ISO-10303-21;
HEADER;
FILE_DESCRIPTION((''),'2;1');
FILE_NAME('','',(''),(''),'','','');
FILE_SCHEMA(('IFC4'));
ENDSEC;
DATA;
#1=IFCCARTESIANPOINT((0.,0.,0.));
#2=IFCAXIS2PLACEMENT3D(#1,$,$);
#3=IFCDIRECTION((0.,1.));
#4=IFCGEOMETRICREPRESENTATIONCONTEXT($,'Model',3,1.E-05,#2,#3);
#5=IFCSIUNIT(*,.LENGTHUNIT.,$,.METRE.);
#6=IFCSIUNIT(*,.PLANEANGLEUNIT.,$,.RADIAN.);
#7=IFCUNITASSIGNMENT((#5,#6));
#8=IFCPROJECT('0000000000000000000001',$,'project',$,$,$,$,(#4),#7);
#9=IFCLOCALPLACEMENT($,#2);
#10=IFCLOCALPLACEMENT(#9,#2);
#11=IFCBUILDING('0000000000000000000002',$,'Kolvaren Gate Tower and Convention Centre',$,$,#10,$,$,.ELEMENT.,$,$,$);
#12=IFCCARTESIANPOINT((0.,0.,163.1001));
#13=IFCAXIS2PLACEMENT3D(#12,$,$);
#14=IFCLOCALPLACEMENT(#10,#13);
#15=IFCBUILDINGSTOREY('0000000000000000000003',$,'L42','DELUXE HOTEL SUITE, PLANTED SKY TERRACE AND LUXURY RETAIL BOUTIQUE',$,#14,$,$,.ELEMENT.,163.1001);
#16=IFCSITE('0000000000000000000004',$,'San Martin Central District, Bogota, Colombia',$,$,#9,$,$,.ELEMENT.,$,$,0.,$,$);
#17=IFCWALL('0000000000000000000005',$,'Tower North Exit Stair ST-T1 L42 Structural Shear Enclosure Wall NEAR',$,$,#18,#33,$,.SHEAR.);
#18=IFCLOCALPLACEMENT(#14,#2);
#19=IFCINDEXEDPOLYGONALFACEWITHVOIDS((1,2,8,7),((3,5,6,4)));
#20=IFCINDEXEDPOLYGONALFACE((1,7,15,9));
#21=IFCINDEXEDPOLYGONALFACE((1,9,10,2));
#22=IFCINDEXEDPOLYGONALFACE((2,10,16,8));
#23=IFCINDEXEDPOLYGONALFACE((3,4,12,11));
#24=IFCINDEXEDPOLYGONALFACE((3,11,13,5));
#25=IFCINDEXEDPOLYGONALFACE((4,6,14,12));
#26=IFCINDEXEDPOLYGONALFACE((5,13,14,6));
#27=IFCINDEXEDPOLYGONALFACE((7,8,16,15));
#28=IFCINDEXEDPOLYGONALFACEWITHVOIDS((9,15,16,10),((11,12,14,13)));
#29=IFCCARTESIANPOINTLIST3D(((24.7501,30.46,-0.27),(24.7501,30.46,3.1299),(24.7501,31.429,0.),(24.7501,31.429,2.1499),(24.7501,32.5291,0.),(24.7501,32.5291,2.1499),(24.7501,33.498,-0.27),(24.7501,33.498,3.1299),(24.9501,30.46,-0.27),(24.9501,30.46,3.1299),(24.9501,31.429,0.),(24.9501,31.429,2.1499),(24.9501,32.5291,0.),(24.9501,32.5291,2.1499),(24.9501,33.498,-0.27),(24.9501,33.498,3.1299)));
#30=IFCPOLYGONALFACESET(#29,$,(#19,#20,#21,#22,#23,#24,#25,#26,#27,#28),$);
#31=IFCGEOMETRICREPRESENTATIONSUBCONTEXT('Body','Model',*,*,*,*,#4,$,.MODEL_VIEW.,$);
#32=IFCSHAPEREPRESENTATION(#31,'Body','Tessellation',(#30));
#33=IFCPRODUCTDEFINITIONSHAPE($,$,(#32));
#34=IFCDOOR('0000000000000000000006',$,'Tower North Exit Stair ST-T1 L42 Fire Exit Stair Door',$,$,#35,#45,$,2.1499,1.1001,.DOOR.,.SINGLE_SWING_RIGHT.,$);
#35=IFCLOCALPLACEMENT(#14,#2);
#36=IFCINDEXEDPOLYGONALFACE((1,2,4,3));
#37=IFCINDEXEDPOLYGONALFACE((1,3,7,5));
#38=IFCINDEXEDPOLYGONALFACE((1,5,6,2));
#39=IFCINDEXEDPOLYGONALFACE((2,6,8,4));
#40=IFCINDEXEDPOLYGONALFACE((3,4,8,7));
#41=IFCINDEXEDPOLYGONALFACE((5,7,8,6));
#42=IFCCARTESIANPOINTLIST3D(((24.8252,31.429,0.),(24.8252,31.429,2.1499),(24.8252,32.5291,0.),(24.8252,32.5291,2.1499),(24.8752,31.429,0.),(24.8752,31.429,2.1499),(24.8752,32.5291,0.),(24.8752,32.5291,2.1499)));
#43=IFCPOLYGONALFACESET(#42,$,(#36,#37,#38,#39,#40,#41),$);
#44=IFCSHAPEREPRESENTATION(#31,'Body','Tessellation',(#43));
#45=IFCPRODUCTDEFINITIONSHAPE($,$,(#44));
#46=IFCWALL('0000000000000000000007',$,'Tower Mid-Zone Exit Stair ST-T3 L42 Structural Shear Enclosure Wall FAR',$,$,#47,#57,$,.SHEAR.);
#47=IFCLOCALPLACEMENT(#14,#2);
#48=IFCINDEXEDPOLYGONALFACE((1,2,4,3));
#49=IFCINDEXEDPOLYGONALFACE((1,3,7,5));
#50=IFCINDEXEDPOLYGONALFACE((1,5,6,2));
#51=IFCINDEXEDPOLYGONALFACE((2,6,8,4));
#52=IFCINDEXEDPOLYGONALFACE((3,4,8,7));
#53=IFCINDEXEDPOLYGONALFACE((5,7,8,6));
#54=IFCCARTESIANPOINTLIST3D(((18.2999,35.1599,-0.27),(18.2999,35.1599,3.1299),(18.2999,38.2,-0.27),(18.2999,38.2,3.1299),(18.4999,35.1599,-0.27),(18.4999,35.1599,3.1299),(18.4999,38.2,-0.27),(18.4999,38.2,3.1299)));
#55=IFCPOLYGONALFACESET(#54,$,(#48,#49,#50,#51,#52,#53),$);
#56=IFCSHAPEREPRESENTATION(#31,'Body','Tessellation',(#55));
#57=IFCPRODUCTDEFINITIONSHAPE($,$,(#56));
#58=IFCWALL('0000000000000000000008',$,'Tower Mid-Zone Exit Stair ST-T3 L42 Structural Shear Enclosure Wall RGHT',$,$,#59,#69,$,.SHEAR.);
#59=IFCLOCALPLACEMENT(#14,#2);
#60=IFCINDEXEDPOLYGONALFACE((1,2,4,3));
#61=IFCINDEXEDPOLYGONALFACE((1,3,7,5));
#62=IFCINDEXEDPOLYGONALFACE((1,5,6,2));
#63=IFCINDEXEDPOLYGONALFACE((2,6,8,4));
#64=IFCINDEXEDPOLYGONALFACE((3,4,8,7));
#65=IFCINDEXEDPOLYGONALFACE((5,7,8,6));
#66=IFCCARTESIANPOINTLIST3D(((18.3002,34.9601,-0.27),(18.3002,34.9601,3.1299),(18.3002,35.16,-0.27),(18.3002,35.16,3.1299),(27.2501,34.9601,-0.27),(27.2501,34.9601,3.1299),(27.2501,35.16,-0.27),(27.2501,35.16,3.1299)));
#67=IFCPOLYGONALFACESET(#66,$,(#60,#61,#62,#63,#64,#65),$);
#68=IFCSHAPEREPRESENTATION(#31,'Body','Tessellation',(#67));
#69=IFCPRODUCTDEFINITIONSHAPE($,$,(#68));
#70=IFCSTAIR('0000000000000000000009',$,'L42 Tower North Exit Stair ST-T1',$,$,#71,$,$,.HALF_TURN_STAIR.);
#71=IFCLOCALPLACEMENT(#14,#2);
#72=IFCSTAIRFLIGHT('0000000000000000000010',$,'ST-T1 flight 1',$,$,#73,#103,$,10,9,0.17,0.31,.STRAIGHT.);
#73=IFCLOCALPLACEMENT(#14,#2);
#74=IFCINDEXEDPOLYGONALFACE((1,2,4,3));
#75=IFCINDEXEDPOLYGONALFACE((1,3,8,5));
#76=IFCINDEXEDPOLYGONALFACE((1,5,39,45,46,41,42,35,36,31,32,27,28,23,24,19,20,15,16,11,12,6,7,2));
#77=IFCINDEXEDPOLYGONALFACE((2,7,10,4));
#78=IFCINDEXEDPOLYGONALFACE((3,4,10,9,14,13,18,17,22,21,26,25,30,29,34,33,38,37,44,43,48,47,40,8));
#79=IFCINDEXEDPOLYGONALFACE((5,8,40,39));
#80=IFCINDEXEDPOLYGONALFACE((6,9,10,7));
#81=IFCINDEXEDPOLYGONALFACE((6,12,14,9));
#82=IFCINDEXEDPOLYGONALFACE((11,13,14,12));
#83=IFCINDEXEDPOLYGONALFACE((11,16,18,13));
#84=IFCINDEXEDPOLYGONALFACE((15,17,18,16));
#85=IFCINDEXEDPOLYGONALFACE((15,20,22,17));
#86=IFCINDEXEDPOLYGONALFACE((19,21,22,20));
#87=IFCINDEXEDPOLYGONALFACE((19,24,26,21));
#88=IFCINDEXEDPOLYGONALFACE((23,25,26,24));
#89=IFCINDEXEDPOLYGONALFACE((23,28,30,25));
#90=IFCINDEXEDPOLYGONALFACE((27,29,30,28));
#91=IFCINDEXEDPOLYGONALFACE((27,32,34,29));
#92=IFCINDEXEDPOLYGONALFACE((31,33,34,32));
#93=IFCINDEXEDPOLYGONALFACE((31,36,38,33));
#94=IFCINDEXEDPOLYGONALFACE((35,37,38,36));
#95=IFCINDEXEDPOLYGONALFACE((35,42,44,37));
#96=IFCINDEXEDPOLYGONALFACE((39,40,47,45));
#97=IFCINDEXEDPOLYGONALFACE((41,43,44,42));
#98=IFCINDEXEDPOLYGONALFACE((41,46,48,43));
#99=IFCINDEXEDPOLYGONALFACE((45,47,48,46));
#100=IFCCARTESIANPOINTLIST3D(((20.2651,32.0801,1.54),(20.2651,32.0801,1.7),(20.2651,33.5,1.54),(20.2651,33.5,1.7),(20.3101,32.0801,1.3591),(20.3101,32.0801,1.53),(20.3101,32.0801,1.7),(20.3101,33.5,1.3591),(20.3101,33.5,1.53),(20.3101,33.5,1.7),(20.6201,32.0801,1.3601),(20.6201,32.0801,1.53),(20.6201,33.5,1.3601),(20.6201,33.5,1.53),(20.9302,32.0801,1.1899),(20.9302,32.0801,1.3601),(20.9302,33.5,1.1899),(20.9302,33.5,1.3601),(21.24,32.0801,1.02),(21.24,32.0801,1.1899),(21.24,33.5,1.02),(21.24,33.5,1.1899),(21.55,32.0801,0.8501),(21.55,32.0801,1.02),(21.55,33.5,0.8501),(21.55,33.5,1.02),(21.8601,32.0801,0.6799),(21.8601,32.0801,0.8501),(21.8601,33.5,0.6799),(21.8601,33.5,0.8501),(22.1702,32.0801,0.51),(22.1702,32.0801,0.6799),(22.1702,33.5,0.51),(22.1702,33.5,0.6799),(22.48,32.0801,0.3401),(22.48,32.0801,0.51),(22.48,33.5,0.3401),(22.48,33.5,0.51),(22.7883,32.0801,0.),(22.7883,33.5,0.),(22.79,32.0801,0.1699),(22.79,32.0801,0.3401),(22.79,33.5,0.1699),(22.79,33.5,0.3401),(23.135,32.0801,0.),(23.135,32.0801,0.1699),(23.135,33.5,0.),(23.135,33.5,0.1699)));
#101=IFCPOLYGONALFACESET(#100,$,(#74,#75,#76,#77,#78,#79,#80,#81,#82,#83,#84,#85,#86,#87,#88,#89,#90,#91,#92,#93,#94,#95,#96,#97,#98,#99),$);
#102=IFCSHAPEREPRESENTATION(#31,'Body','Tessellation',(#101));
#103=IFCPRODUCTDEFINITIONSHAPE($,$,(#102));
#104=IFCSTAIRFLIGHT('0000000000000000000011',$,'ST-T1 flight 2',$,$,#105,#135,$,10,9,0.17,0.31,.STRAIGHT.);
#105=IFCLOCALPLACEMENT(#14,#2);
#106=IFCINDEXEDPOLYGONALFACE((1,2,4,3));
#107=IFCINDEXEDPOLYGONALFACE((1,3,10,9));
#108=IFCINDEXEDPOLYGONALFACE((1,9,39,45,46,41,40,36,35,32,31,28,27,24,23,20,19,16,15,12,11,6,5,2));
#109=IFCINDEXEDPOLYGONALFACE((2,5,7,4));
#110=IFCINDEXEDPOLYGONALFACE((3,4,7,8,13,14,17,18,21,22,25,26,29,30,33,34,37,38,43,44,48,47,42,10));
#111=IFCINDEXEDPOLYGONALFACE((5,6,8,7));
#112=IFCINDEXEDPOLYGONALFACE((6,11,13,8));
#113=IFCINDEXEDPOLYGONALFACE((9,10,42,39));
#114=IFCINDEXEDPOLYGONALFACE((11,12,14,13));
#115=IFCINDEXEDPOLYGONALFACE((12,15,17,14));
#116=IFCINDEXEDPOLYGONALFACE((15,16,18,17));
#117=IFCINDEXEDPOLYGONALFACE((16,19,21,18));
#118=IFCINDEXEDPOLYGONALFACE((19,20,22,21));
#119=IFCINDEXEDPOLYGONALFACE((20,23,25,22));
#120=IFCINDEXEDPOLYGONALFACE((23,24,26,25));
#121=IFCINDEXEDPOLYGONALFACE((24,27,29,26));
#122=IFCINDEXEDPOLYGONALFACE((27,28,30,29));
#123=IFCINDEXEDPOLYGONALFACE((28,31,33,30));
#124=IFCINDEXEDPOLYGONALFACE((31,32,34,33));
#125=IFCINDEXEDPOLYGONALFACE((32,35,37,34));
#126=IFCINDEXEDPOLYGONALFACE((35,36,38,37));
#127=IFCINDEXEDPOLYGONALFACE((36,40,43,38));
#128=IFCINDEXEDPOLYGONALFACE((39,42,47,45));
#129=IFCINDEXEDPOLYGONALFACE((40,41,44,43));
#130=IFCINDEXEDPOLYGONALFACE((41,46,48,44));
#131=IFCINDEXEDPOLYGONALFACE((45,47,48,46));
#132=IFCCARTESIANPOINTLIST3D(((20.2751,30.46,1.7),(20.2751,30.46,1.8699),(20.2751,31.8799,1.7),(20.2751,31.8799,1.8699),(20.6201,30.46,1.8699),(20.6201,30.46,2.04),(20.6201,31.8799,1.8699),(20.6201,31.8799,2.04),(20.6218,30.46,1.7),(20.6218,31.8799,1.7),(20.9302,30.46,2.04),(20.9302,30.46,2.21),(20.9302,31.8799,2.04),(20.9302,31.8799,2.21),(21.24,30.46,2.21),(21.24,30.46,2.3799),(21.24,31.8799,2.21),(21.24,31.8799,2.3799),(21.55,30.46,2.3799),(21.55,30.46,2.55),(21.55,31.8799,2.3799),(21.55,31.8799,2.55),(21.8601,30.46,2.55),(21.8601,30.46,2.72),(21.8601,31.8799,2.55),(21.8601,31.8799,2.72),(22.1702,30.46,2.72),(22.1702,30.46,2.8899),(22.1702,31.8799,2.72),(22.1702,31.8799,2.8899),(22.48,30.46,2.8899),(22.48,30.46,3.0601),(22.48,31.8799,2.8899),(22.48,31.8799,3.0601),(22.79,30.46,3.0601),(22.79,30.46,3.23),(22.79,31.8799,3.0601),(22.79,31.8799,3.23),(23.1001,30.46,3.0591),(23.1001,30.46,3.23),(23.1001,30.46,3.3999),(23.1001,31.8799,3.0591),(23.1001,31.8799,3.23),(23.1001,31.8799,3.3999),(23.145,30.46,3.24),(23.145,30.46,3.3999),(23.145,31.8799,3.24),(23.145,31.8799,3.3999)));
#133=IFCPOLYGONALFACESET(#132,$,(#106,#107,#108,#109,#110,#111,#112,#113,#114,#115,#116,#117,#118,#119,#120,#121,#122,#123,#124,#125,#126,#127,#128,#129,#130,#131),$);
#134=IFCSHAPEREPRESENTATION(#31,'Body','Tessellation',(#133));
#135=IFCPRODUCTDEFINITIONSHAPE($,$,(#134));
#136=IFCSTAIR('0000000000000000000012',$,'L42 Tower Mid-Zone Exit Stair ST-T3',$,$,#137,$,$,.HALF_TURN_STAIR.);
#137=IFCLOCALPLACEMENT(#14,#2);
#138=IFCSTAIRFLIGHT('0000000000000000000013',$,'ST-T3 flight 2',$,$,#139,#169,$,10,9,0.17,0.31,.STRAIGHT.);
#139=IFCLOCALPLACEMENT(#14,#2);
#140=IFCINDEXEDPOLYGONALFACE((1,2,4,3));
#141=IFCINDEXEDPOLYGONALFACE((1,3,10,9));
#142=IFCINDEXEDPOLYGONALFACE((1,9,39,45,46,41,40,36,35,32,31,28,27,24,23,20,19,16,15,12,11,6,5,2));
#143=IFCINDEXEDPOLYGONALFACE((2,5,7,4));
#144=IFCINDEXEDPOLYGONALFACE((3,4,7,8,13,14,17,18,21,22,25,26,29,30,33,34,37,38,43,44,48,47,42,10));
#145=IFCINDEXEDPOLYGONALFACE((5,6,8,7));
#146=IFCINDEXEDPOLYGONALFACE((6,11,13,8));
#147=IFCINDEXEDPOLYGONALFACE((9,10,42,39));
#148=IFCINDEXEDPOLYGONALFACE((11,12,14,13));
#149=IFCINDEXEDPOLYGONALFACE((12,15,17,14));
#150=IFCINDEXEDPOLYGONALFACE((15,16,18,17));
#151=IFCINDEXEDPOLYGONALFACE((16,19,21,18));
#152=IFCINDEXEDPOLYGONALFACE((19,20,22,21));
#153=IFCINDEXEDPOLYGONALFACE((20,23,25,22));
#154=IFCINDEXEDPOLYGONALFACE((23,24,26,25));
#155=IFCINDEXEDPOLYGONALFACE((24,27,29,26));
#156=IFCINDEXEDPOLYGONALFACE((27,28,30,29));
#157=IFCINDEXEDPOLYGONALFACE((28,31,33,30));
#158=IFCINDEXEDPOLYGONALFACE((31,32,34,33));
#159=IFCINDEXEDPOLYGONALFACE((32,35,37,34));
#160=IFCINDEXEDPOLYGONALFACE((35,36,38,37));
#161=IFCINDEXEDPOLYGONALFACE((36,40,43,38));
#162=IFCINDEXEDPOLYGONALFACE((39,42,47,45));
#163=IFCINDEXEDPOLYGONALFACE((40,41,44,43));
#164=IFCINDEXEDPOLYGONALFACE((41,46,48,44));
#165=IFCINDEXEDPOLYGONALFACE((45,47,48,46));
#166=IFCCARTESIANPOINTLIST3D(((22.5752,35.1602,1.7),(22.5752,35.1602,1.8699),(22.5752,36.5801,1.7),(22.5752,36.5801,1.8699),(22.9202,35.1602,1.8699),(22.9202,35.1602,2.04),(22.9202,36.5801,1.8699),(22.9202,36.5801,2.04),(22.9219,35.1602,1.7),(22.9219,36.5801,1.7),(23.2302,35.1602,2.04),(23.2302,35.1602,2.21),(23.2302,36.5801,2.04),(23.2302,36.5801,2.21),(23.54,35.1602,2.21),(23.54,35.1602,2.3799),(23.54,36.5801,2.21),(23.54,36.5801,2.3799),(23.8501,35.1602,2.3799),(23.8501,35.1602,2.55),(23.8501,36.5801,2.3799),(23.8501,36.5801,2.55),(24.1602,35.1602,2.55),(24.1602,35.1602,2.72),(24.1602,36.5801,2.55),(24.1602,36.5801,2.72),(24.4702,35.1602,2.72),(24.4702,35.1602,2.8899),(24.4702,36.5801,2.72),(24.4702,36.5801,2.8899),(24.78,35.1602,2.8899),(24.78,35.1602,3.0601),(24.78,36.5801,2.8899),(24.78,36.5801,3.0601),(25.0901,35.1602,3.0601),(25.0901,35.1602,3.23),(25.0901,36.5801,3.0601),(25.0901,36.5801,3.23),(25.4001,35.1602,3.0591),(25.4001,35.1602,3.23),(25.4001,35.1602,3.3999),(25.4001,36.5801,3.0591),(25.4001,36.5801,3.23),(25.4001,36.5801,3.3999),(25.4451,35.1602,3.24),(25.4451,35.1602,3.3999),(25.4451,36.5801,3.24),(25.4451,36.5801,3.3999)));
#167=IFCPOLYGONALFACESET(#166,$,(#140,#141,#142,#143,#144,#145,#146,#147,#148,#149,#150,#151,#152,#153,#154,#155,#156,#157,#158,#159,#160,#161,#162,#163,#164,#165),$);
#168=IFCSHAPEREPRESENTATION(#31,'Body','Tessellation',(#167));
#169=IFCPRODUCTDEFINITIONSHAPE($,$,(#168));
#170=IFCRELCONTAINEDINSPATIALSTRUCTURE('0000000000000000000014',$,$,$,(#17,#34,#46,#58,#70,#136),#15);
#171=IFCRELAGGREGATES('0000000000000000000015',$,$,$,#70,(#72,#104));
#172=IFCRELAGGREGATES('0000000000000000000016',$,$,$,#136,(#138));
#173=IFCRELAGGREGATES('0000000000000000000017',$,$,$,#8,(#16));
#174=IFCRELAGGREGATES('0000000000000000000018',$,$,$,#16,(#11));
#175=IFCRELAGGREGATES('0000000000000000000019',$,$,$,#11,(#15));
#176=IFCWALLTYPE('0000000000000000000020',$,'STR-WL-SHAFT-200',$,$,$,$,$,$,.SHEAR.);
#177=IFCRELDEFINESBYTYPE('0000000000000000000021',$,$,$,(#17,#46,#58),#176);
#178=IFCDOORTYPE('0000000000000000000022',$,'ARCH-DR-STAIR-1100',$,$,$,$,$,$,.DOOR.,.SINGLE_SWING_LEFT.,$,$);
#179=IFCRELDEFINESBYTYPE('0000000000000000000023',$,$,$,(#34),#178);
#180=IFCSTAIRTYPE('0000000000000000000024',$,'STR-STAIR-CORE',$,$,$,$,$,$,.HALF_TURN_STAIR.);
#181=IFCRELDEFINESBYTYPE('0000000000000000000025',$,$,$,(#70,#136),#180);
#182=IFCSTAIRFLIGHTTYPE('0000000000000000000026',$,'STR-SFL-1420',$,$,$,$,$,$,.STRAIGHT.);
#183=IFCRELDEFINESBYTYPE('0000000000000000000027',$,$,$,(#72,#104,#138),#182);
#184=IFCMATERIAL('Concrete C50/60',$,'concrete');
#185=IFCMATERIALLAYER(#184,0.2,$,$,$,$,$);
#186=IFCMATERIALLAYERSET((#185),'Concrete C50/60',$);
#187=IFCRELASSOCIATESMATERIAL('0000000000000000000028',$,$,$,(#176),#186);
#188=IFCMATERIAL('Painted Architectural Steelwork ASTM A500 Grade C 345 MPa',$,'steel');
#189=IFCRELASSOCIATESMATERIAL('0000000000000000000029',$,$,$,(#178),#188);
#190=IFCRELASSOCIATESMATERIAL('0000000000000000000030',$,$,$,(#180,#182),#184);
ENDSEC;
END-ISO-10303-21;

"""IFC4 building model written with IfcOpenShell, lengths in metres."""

from ifc_helpers import new_model, si_unit, direction, frame, frame_2d, origin, place, context, subcontext, project, spatial, polyline, rectangle, outline, extrude, material, layer, layer_set, type_object, element, fill, aggregate, save


model = new_model("IFC4")

# Units and contexts
model_context = context("Model", 3, precision=1e-05, world=origin(), true_north=direction((0.0, 1.0)))
body_context = subcontext(model_context, "Body", "Model", "MODEL_VIEW")
ifc_project = project(units=[si_unit("LENGTHUNIT", "METRE"), si_unit("PLANEANGLEUNIT", "RADIAN")], contexts=[model_context])

# Site, building, storey
site_placement = place(None, origin())
site = spatial("IfcSite", under=ifc_project, at=site_placement, Name="San Martin Central District, Bogota, Colombia", CompositionType="ELEMENT", RefElevation=0.0)
building_placement = place(site_placement, origin())
building = spatial("IfcBuilding", under=site, at=building_placement, Name="Kolvaren Gate Tower and Convention Centre", CompositionType="ELEMENT")
storey_placement = place(building_placement, frame((0.0, 0.0, 163.1001)))
storey = spatial("IfcBuildingStorey", under=building, at=storey_placement, Name="L42", Description="DELUXE HOTEL SUITE, PLANTED SKY TERRACE AND LUXURY RETAIL BOUTIQUE", CompositionType="ELEMENT", Elevation=163.1001)

# Wall, opening, door
ifc_material_1 = material(Name="Concrete C50/60", Category="concrete")
ifc_layer_1 = layer(ifc_material_1, 0.2)
ifc_layer_set_1 = layer_set([ifc_layer_1], Name="Concrete C50/60")
wall_type_1 = type_object("IfcWallType", Name="STR-WL-SHAFT-200", PredefinedType="SHEAR", material=ifc_layer_set_1)
wall_1_placement = place(storey_placement, frame((24.8501, 30.46, -0.27), z_axis=(0.0, 0.0, 1.0), x_axis=(0.0, 1.0, 0.0)))
wall_1 = element("IfcWall", 1, at=wall_1_placement, inside=storey, type_object=wall_type_1, Name="Tower North Exit Stair ST-T1 L42 Structural Shear Enclosure Wall NEAR", PredefinedType="SHEAR", context=body_context, shape_type="SweptSolid", body=[
    extrude(rectangle(XDim=3.0381, YDim=0.2, at=frame_2d((1.519, 0.0))), origin(), (0.0, 0.0, 1.0), 3.3999),
])
opening_1_placement = place(wall_1_placement, frame((0.969, 0.0, 0.27)))
opening_1 = element("IfcOpeningElement", 2, at=opening_1_placement, cuts=wall_1, PredefinedType="OPENING", context=body_context, shape_type="SweptSolid", body=[
    extrude(rectangle(XDim=1.1001, YDim=2.1499, at=frame_2d((0.55, 1.075))), frame((0.0, 0.1099, 0.0), z_axis=(0.0, -1.0, 0.0), x_axis=(1.0, 0.0, 0.0)), (0.0, 0.0, 1.0), 0.22),
])
ifc_material_2 = material(Name="Painted Architectural Steelwork ASTM A500 Grade C 345 MPa", Category="steel")
door_type_1 = type_object("IfcDoorType", Name="ARCH-DR-STAIR-1100", OperationType="SINGLE_SWING_LEFT", PredefinedType="DOOR", material=ifc_material_2)
door_1_placement = place(opening_1_placement, origin())
door_1 = element("IfcDoor", 3, at=door_1_placement, inside=storey, type_object=door_type_1, Name="Tower North Exit Stair ST-T1 L42 Fire Exit Stair Door", OperationType="SINGLE_SWING_RIGHT", OverallHeight=2.1499, OverallWidth=1.1001, PredefinedType="DOOR", context=body_context, shape_type="SweptSolid", body=[
    extrude(rectangle(XDim=1.1001, YDim=2.1499, at=frame_2d((0.55, 1.075))), frame((0.0, 0.0249, 0.0), z_axis=(0.0, -1.0, 0.0), x_axis=(1.0, 0.0, 0.0)), (0.0, 0.0, 1.0), 0.05),
])
fill(opening_1, door_1)

# Walls
wall_2_placement = place(storey_placement, frame((18.3999, 35.1599, -0.27), z_axis=(0.0, 0.0, 1.0), x_axis=(0.0, 1.0, 0.0)))
element("IfcWall", 4, at=wall_2_placement, inside=storey, type_object=wall_type_1, Name="Tower Mid-Zone Exit Stair ST-T3 L42 Structural Shear Enclosure Wall FAR", PredefinedType="SHEAR", context=body_context, shape_type="SweptSolid", body=[
    extrude(rectangle(XDim=3.04, YDim=0.2, at=frame_2d((1.52, 0.0))), origin(), (0.0, 0.0, 1.0), 3.3999),
])
wall_3_placement = place(storey_placement, frame((18.3, 35.0601, -0.27), z_axis=(0.0, 0.0, 1.0), x_axis=(1.0, 0.0, 0.0)))
element("IfcWall", 5, at=wall_3_placement, inside=storey, type_object=wall_type_1, Name="Tower Mid-Zone Exit Stair ST-T3 L42 Structural Shear Enclosure Wall RGHT", PredefinedType="SHEAR", context=body_context, shape_type="SweptSolid", body=[
    extrude(rectangle(XDim=8.95, YDim=0.2, at=frame_2d((4.4751, 0.0))), origin(), (0.0, 0.0, 1.0), 3.3999),
])

# Stair, stair flights
stair_type = type_object("IfcStairType", Name="STR-STAIR-CORE", PredefinedType="HALF_TURN_STAIR", material=ifc_material_1)
stair_1_placement = place(storey_placement, origin())
stair_1 = element("IfcStair", 6, at=stair_1_placement, inside=storey, type_object=stair_type, Name="L42 Tower North Exit Stair ST-T1", PredefinedType="HALF_TURN_STAIR")
stair_flight_type = type_object("IfcStairFlightType", Name="STR-SFL-1420", PredefinedType="STRAIGHT", material=ifc_material_1)
stair_flight_1_placement = place(storey_placement, frame((23.1001, 32.79, 0.0), z_axis=(0.0, 0.0, 1.0), x_axis=(-1.0, 0.0, 0.0)))
stair_flight_1 = element("IfcStairFlight", 7, at=stair_flight_1_placement, type_object=stair_flight_type, Name="ST-T1 flight 1", NumberOfRisers=10, NumberOfTreads=9, PredefinedType="STRAIGHT", RiserHeight=0.17, TreadLength=0.31, context=body_context, shape_type="SweptSolid", body=[
    extrude(outline(polyline([(-0.0349, 0.0), (-0.0349, 0.1699), (0.3101, 0.1699), (0.3101, 0.3401), (0.6201, 0.3401), (0.6201, 0.51), (0.9299, 0.51), (0.9299, 0.6799), (1.24, 0.6799), (1.24, 0.8501), (1.55, 0.8501), (1.55, 1.02), (1.8601, 1.02), (1.8601, 1.1899), (2.1699, 1.1899), (2.1699, 1.3601), (2.48, 1.3601), (2.48, 1.53), (2.79, 1.53), (2.79, 1.7), (2.835, 1.7), (2.835, 1.54), (2.79, 1.3591), (0.3118, 0.0), (-0.0349, 0.0)])), frame((0.0, 0.71, 0.0), z_axis=(0.0, -1.0, 0.0), x_axis=(1.0, 0.0, 0.0)), (0.0, 0.0, 1.0), 1.4199),
])
stair_flight_2_placement = place(storey_placement, frame((20.3101, 31.1699, 1.7), z_axis=(0.0, 0.0, 1.0), x_axis=(1.0, 0.0, 0.0)))
stair_flight_2 = element("IfcStairFlight", 8, at=stair_flight_2_placement, type_object=stair_flight_type, Name="ST-T1 flight 2", NumberOfRisers=10, NumberOfTreads=9, PredefinedType="STRAIGHT", RiserHeight=0.17, TreadLength=0.31, context=body_context, shape_type="SweptSolid", body=[
    extrude(outline(polyline([(-0.0349, 0.0), (-0.0349, 0.1699), (0.3101, 0.1699), (0.3101, 0.3401), (0.6201, 0.3401), (0.6201, 0.51), (0.9299, 0.51), (0.9299, 0.6799), (1.24, 0.6799), (1.24, 0.8501), (1.55, 0.8501), (1.55, 1.02), (1.8601, 1.02), (1.8601, 1.1899), (2.1699, 1.1899), (2.1699, 1.3601), (2.48, 1.3601), (2.48, 1.53), (2.79, 1.53), (2.79, 1.7), (2.835, 1.7), (2.835, 1.54), (2.79, 1.3591), (0.3118, 0.0), (-0.0349, 0.0)])), frame((0.0, 0.71, 0.0), z_axis=(0.0, -1.0, 0.0), x_axis=(1.0, 0.0, 0.0)), (0.0, 0.0, 1.0), 1.4199),
])
aggregate(stair_1, [stair_flight_1, stair_flight_2])

# Stair, stair flight
stair_2_placement = place(storey_placement, origin())
stair_2 = element("IfcStair", 9, at=stair_2_placement, inside=storey, type_object=stair_type, Name="L42 Tower Mid-Zone Exit Stair ST-T3", PredefinedType="HALF_TURN_STAIR")
stair_flight_3_placement = place(storey_placement, frame((22.6101, 35.8701, 1.7), z_axis=(0.0, 0.0, 1.0), x_axis=(1.0, 0.0, 0.0)))
stair_flight_3 = element("IfcStairFlight", 10, at=stair_flight_3_placement, type_object=stair_flight_type, Name="ST-T3 flight 2", NumberOfRisers=10, NumberOfTreads=9, PredefinedType="STRAIGHT", RiserHeight=0.17, TreadLength=0.31, context=body_context, shape_type="SweptSolid", body=[
    extrude(outline(polyline([(-0.0349, 0.0), (-0.0349, 0.1699), (0.3101, 0.1699), (0.3101, 0.3401), (0.6201, 0.3401), (0.6201, 0.51), (0.9299, 0.51), (0.9299, 0.6799), (1.24, 0.6799), (1.24, 0.8501), (1.55, 0.8501), (1.55, 1.02), (1.8601, 1.02), (1.8601, 1.1899), (2.1699, 1.1899), (2.1699, 1.3601), (2.48, 1.3601), (2.48, 1.53), (2.79, 1.53), (2.79, 1.7), (2.835, 1.7), (2.835, 1.54), (2.79, 1.3591), (0.3118, 0.0), (-0.0349, 0.0)])), frame((0.0, 0.71, 0.0), z_axis=(0.0, -1.0, 0.0), x_axis=(1.0, 0.0, 0.0)), (0.0, 0.0, 1.0), 1.4199),
])
aggregate(stair_2, [stair_flight_3])

save(model, "model.ifc")
